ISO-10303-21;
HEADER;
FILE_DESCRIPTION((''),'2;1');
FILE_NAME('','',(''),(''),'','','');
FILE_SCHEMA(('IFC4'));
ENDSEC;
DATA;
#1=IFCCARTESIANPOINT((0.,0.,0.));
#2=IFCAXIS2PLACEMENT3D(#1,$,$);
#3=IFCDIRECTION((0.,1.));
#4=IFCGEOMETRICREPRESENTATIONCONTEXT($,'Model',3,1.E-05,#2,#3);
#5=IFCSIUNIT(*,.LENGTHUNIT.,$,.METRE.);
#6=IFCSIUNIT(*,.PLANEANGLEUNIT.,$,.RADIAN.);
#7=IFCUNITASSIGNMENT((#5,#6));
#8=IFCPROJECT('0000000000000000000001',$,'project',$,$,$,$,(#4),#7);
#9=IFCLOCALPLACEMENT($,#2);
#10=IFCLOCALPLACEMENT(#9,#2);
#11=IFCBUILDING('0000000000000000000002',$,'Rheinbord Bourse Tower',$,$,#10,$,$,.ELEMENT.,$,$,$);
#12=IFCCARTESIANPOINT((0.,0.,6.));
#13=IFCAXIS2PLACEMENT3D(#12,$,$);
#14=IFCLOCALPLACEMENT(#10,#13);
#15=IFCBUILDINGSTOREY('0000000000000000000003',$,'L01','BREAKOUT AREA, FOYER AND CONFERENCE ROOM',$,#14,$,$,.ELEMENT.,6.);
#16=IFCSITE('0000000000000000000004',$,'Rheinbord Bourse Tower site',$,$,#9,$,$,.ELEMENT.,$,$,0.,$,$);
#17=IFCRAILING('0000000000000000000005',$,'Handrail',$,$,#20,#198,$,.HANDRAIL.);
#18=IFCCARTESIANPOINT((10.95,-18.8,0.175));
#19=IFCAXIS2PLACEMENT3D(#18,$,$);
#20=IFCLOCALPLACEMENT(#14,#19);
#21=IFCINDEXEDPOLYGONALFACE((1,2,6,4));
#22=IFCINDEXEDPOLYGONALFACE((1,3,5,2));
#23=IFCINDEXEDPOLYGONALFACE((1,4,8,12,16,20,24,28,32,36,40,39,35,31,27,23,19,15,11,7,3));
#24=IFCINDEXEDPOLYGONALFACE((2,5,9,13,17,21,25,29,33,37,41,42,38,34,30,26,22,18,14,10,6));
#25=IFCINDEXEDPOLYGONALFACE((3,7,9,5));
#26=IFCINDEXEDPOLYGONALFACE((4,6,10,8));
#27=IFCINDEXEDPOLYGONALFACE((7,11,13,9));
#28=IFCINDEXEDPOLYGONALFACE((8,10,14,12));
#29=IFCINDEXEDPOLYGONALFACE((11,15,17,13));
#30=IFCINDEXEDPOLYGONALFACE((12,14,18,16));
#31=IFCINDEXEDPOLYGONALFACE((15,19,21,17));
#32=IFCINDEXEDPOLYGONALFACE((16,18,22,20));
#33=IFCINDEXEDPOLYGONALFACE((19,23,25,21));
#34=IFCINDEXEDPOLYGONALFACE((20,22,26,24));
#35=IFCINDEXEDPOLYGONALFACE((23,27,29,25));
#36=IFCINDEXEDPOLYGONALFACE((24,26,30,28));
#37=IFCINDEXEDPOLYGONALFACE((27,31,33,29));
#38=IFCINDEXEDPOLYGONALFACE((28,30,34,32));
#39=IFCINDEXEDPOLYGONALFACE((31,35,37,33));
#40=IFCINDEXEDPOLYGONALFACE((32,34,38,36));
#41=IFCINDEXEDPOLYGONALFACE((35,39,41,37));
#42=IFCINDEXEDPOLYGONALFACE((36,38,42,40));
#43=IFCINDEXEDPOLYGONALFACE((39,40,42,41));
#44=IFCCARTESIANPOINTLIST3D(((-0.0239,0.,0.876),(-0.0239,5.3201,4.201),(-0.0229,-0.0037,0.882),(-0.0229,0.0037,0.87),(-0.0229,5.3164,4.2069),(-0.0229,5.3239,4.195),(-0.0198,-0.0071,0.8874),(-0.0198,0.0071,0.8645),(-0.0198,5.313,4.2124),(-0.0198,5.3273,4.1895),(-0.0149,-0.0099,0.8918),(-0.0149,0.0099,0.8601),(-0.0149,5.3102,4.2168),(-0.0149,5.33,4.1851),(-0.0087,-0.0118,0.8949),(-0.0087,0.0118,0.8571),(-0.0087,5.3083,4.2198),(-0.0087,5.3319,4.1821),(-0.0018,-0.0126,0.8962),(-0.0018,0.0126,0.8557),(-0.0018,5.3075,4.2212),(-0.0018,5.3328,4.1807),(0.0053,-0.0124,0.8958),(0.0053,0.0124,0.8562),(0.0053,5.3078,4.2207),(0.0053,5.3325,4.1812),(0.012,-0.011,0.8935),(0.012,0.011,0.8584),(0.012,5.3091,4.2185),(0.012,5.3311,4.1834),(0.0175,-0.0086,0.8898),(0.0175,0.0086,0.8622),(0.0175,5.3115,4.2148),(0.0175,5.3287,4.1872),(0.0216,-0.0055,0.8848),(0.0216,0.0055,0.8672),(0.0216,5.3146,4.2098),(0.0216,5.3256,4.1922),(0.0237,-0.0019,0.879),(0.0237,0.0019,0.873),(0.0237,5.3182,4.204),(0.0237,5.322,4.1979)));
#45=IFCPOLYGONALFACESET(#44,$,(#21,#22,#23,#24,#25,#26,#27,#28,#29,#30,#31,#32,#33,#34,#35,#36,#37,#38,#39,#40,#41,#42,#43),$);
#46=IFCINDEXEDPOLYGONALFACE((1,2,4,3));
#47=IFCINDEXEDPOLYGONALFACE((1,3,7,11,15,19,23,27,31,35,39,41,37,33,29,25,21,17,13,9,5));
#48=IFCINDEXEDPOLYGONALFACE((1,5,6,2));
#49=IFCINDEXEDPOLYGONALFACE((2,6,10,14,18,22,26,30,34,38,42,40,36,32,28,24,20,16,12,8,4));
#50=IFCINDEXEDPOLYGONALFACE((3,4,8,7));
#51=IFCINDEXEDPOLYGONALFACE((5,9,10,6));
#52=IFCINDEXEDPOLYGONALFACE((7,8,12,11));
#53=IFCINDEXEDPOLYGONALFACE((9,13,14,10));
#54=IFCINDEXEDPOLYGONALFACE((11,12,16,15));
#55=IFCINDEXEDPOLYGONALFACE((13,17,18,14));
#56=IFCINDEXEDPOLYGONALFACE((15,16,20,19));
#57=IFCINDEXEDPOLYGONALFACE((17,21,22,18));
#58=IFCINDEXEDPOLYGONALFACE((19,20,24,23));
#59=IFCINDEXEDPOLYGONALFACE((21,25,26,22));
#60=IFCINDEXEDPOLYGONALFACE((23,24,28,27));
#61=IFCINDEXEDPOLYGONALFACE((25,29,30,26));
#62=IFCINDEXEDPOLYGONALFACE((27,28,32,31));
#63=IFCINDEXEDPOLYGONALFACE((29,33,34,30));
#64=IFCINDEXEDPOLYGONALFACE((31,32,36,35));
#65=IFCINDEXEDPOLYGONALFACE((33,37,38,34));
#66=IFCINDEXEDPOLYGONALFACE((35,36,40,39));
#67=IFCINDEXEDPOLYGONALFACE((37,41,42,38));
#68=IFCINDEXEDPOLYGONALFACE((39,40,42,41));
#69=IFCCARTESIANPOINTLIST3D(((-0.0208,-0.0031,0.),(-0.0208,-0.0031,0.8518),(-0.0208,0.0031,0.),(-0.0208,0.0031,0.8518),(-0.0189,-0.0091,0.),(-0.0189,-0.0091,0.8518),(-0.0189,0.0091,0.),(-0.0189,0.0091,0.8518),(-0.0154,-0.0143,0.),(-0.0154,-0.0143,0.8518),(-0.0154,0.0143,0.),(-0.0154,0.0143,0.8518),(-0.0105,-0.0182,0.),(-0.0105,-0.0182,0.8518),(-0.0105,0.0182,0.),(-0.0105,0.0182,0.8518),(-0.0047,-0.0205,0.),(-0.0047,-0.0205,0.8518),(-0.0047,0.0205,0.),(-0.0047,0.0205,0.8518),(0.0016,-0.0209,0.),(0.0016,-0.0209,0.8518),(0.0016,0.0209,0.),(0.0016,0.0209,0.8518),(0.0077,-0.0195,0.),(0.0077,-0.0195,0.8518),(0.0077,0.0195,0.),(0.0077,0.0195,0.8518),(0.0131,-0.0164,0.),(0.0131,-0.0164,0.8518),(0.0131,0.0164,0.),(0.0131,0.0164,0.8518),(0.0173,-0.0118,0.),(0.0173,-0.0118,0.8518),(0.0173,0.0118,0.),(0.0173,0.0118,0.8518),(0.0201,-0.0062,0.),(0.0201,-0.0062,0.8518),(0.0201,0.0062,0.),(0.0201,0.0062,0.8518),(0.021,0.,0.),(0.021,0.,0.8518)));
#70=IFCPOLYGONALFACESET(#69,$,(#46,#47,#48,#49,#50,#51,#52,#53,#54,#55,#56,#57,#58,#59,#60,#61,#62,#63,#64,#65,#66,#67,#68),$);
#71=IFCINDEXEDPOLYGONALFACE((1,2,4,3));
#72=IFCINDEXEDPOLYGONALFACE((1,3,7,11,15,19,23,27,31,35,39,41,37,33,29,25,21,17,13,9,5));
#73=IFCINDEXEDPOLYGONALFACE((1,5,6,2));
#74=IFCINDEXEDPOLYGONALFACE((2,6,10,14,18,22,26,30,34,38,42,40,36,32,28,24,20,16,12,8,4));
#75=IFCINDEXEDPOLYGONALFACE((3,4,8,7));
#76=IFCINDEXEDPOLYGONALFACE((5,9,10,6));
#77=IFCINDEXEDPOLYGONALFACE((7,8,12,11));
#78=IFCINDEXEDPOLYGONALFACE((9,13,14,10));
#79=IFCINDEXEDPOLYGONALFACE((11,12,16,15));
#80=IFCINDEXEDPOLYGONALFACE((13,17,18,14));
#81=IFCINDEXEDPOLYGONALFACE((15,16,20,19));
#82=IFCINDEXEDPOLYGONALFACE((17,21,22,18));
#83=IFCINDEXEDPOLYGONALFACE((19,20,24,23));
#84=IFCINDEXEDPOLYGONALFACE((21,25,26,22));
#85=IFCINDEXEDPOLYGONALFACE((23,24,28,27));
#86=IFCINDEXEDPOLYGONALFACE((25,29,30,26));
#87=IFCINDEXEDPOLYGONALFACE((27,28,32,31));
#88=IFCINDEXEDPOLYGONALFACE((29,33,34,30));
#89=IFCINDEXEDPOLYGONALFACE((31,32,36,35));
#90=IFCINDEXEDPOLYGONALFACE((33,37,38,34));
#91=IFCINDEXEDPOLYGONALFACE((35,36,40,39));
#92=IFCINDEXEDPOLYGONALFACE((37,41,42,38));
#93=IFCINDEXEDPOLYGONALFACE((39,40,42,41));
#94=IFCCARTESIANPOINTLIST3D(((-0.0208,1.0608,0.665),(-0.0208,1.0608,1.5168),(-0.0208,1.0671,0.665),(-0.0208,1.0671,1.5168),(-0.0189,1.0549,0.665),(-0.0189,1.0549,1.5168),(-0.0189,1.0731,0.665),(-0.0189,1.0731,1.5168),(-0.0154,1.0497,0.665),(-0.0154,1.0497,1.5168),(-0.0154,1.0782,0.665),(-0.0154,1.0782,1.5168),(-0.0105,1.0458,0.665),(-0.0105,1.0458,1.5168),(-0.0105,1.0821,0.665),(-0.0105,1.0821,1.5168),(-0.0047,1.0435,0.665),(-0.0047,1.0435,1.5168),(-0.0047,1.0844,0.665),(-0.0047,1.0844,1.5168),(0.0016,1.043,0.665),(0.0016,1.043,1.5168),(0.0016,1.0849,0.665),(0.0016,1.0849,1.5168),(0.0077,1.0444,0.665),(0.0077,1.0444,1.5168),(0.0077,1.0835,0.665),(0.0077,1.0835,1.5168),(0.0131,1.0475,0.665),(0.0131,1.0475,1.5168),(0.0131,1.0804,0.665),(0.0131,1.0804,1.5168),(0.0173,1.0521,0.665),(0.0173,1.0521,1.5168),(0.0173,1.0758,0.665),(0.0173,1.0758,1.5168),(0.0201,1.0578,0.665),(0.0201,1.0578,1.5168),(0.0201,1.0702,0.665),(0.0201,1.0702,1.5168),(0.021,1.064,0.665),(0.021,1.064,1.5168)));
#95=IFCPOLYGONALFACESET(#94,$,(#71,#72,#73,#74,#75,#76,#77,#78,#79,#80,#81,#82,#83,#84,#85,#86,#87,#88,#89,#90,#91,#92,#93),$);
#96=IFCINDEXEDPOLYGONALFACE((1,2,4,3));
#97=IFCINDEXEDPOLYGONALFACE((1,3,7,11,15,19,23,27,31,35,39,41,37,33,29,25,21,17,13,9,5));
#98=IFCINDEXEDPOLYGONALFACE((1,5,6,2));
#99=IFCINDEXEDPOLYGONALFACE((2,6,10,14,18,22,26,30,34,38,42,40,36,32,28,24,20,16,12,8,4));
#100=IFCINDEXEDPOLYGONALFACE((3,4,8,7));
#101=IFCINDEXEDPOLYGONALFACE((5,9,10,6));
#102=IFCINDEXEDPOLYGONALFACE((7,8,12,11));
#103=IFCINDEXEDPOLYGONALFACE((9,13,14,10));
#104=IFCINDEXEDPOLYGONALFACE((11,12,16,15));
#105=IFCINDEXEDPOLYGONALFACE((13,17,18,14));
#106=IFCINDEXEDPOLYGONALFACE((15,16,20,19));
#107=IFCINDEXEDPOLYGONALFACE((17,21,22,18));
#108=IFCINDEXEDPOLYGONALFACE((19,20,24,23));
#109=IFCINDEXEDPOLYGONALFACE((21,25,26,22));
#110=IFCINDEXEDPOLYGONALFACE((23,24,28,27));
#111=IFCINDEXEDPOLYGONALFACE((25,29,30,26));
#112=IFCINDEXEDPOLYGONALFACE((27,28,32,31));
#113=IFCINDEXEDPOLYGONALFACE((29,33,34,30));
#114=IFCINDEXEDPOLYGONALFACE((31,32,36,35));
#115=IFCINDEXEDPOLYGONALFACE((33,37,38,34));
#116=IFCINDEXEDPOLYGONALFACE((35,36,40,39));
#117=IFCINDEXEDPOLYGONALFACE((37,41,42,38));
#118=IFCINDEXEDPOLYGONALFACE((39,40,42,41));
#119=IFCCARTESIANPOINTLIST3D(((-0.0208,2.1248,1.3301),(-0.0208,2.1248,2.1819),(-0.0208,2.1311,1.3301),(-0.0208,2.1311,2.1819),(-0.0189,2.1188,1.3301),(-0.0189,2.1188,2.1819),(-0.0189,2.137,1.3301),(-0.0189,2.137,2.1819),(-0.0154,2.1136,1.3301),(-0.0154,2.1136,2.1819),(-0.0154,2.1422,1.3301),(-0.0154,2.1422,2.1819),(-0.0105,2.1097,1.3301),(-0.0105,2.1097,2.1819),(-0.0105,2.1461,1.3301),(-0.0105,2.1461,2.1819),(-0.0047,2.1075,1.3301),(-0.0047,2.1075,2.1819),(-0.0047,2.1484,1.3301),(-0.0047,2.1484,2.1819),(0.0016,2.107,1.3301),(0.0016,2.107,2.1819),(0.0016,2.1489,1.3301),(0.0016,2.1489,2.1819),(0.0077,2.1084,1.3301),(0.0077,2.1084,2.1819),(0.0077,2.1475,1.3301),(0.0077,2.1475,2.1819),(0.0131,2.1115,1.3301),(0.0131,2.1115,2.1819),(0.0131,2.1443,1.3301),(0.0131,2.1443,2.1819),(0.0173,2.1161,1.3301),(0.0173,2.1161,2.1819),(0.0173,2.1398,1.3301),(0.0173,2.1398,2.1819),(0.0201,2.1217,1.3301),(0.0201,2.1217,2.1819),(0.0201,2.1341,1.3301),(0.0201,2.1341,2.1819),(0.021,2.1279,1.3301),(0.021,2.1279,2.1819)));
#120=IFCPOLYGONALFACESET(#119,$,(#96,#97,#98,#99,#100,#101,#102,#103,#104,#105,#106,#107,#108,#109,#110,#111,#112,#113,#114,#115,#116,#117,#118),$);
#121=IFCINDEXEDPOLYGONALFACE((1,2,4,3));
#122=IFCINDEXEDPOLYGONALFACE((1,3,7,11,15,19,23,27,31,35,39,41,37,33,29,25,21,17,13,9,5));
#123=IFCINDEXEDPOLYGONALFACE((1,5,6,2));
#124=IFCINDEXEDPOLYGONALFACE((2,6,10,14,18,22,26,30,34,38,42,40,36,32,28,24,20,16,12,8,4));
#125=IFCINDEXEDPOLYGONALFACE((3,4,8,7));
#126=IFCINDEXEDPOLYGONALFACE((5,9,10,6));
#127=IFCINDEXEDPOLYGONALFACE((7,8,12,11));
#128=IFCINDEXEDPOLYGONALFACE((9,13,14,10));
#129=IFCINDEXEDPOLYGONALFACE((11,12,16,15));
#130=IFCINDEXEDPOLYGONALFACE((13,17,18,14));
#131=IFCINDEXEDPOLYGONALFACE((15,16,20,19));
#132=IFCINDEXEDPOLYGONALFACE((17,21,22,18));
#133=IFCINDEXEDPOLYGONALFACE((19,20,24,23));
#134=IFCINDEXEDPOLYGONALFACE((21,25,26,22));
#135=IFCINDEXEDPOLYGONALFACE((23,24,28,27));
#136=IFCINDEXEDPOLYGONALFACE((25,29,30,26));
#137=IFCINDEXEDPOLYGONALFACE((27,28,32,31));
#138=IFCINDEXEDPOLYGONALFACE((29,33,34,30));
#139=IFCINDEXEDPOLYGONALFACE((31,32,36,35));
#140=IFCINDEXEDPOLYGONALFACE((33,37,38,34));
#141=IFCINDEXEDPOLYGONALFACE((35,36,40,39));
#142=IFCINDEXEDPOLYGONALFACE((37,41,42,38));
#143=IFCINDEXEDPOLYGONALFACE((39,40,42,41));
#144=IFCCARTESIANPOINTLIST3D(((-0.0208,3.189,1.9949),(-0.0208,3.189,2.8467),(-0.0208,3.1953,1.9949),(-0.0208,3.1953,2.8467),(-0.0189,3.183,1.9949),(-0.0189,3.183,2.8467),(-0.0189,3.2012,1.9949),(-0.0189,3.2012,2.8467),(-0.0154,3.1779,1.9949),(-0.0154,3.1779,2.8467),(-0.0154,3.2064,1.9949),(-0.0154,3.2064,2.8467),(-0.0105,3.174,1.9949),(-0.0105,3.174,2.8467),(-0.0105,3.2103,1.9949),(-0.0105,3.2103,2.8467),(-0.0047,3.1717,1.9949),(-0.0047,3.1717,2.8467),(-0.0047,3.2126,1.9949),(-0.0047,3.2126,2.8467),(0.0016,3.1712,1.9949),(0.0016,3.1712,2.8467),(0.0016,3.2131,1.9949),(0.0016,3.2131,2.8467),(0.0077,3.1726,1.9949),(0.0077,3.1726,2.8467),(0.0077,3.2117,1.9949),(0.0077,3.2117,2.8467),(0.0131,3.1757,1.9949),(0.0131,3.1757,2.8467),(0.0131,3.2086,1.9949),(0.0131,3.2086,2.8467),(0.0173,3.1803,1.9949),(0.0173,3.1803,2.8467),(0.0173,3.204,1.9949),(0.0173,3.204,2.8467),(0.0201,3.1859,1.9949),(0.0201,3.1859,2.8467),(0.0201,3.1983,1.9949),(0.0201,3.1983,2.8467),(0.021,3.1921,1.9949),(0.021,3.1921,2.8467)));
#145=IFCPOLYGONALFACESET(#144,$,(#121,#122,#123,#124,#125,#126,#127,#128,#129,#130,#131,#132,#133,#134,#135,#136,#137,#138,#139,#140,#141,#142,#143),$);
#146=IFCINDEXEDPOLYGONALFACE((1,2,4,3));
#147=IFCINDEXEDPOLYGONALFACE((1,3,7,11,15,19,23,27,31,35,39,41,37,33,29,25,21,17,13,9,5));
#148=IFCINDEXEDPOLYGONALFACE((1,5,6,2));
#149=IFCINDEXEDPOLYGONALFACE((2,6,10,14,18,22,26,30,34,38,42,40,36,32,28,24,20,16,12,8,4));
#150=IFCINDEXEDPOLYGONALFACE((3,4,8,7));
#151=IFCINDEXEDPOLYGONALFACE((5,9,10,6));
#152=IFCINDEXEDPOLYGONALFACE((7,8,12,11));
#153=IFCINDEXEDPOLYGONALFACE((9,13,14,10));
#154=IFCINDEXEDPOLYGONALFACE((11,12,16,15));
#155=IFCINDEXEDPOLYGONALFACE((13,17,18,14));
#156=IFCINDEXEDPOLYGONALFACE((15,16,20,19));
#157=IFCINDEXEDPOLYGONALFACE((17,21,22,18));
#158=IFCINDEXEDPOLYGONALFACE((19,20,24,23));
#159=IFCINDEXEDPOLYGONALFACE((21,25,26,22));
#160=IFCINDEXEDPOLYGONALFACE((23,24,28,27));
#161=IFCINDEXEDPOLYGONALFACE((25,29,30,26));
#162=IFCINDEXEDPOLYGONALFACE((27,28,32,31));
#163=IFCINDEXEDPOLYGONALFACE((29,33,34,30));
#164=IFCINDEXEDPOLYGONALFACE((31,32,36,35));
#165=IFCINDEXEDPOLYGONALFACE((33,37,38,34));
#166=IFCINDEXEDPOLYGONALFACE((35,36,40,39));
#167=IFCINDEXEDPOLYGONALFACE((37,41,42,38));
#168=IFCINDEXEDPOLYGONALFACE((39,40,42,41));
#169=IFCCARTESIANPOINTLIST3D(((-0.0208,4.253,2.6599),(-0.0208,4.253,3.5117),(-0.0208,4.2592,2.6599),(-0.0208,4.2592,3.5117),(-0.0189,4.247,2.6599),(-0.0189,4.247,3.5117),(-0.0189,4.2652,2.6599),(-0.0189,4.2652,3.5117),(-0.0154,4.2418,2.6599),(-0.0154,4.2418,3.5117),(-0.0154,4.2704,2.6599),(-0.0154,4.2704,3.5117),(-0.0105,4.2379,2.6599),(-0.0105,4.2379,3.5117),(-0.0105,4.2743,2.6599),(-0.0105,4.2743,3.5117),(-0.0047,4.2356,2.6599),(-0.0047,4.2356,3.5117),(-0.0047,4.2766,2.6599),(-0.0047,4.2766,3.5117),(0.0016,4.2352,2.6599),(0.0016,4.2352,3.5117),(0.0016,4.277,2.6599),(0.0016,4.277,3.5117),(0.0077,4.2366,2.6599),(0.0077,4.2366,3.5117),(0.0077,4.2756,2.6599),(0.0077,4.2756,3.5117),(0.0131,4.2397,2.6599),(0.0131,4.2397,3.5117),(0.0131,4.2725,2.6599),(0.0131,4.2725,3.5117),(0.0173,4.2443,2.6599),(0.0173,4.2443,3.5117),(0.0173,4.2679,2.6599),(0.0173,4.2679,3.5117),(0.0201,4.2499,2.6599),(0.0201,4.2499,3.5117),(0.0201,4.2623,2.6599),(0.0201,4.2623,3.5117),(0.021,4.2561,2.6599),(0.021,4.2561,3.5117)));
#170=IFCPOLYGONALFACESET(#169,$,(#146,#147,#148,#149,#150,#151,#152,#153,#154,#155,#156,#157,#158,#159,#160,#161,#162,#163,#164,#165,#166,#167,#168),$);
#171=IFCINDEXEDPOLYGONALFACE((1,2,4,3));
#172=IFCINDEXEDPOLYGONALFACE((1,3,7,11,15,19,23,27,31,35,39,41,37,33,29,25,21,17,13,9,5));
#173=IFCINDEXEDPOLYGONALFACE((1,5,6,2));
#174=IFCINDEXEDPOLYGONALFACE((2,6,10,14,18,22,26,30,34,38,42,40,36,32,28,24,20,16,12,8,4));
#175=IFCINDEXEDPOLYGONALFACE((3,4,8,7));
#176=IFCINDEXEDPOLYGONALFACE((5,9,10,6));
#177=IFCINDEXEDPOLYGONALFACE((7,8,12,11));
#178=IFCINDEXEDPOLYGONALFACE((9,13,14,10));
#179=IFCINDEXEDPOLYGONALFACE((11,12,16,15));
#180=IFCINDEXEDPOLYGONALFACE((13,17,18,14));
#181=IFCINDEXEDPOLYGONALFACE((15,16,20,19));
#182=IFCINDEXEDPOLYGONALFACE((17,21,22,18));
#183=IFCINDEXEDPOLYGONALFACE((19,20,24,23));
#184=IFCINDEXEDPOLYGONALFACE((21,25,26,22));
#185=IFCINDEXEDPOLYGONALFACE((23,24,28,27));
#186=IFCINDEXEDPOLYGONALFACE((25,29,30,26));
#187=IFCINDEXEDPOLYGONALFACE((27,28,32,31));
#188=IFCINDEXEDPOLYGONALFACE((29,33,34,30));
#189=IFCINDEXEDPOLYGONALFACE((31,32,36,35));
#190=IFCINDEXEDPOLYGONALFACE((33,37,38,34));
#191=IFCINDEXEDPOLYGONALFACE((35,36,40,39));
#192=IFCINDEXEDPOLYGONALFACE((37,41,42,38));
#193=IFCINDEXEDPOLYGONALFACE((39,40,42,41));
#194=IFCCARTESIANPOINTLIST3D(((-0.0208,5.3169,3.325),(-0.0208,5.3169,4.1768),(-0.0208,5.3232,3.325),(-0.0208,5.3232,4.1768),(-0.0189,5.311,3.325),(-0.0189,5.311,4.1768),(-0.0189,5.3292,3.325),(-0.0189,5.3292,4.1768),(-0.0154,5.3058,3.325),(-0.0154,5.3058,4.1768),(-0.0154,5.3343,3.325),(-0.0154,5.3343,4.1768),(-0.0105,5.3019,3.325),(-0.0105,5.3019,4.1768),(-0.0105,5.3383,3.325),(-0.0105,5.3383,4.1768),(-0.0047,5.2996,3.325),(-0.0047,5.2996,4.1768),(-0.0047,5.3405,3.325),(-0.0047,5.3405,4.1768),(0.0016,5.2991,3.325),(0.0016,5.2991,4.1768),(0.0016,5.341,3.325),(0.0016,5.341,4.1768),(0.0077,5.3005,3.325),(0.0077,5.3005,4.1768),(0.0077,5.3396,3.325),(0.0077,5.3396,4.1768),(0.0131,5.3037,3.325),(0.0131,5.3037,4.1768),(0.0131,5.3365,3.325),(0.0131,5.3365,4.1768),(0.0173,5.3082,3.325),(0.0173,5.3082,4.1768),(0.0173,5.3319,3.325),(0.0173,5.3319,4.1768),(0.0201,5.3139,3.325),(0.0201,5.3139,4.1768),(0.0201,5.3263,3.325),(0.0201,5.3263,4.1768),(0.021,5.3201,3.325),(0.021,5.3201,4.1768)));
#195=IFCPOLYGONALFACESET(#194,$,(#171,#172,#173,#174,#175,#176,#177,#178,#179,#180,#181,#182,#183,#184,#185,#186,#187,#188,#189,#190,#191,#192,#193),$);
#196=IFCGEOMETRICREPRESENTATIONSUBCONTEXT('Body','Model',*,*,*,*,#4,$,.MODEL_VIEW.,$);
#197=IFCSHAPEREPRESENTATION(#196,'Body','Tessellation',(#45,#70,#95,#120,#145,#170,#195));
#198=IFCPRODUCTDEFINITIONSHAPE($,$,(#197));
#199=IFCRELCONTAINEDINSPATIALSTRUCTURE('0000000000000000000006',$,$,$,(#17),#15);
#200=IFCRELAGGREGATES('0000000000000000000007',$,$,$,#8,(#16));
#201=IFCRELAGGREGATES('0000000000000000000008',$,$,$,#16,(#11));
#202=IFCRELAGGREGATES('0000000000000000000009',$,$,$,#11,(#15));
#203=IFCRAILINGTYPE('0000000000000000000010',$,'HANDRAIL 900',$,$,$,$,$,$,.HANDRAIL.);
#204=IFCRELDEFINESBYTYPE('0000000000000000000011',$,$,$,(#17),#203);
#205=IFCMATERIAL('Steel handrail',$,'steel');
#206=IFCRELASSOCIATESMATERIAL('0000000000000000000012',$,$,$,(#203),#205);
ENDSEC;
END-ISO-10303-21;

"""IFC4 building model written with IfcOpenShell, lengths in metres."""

from ifc_helpers import new_model, si_unit, direction, frame, origin, origin_2d, place, context, subcontext, project, spatial, circle, extrude, material, type_object, element, save


model = new_model("IFC4")

# Units and contexts
model_context = context("Model", 3, precision=1e-05, world=origin(), true_north=direction((0.0, 1.0)))
body_context = subcontext(model_context, "Body", "Model", "MODEL_VIEW")
ifc_project = project(units=[si_unit("LENGTHUNIT", "METRE"), si_unit("PLANEANGLEUNIT", "RADIAN")], contexts=[model_context])

# Site, building, storey
site_placement = place(None, origin())
site = spatial("IfcSite", under=ifc_project, at=site_placement, Name="Rheinbord Bourse Tower site", CompositionType="ELEMENT", RefElevation=0.0)
building_placement = place(site_placement, origin())
building = spatial("IfcBuilding", under=site, at=building_placement, Name="Rheinbord Bourse Tower", CompositionType="ELEMENT")
storey_placement = place(building_placement, frame((0.0, 0.0, 6.0)))
storey = spatial("IfcBuildingStorey", under=building, at=storey_placement, Name="L01", Description="BREAKOUT AREA, FOYER AND CONFERENCE ROOM", CompositionType="ELEMENT", Elevation=6.0)

# Railing
ifc_material_1 = material(Name="Steel handrail", Category="steel")
railing_type_1 = type_object("IfcRailingType", Name="HANDRAIL 900", PredefinedType="HANDRAIL", material=ifc_material_1)
railing_1_placement = place(storey_placement, frame((10.95, -18.8, 0.175)))
element("IfcRailing", 1, at=railing_1_placement, inside=storey, type_object=railing_type_1, Name="Handrail", PredefinedType="HANDRAIL", context=body_context, shape_type="SweptSolid", body=[
    extrude(circle(Radius=0.0239, at=origin_2d()), frame((0.0, 0.0, 0.876), z_axis=(0.0, 0.848005, 0.529988), x_axis=(-1.0, 0.0, 0.0)), (0.0, 0.0, 1.0), 6.2737),
    extrude(circle(Radius=0.021, at=origin_2d()), origin(), (0.0, 0.0, 1.0), 0.8518),
    extrude(circle(Radius=0.021, at=origin_2d()), frame((0.0, 1.064, 0.665)), (0.0, 0.0, 1.0), 0.8518),
    extrude(circle(Radius=0.021, at=origin_2d()), frame((0.0, 2.1279, 1.3301)), (0.0, 0.0, 1.0), 0.8518),
    extrude(circle(Radius=0.021, at=origin_2d()), frame((0.0, 3.1921, 1.9949)), (0.0, 0.0, 1.0), 0.8518),
    extrude(circle(Radius=0.021, at=origin_2d()), frame((0.0, 4.2561, 2.6599)), (0.0, 0.0, 1.0), 0.8518),
    extrude(circle(Radius=0.021, at=origin_2d()), frame((0.0, 5.3201, 3.325)), (0.0, 0.0, 1.0), 0.8518),
])

save(model, "model.ifc")
